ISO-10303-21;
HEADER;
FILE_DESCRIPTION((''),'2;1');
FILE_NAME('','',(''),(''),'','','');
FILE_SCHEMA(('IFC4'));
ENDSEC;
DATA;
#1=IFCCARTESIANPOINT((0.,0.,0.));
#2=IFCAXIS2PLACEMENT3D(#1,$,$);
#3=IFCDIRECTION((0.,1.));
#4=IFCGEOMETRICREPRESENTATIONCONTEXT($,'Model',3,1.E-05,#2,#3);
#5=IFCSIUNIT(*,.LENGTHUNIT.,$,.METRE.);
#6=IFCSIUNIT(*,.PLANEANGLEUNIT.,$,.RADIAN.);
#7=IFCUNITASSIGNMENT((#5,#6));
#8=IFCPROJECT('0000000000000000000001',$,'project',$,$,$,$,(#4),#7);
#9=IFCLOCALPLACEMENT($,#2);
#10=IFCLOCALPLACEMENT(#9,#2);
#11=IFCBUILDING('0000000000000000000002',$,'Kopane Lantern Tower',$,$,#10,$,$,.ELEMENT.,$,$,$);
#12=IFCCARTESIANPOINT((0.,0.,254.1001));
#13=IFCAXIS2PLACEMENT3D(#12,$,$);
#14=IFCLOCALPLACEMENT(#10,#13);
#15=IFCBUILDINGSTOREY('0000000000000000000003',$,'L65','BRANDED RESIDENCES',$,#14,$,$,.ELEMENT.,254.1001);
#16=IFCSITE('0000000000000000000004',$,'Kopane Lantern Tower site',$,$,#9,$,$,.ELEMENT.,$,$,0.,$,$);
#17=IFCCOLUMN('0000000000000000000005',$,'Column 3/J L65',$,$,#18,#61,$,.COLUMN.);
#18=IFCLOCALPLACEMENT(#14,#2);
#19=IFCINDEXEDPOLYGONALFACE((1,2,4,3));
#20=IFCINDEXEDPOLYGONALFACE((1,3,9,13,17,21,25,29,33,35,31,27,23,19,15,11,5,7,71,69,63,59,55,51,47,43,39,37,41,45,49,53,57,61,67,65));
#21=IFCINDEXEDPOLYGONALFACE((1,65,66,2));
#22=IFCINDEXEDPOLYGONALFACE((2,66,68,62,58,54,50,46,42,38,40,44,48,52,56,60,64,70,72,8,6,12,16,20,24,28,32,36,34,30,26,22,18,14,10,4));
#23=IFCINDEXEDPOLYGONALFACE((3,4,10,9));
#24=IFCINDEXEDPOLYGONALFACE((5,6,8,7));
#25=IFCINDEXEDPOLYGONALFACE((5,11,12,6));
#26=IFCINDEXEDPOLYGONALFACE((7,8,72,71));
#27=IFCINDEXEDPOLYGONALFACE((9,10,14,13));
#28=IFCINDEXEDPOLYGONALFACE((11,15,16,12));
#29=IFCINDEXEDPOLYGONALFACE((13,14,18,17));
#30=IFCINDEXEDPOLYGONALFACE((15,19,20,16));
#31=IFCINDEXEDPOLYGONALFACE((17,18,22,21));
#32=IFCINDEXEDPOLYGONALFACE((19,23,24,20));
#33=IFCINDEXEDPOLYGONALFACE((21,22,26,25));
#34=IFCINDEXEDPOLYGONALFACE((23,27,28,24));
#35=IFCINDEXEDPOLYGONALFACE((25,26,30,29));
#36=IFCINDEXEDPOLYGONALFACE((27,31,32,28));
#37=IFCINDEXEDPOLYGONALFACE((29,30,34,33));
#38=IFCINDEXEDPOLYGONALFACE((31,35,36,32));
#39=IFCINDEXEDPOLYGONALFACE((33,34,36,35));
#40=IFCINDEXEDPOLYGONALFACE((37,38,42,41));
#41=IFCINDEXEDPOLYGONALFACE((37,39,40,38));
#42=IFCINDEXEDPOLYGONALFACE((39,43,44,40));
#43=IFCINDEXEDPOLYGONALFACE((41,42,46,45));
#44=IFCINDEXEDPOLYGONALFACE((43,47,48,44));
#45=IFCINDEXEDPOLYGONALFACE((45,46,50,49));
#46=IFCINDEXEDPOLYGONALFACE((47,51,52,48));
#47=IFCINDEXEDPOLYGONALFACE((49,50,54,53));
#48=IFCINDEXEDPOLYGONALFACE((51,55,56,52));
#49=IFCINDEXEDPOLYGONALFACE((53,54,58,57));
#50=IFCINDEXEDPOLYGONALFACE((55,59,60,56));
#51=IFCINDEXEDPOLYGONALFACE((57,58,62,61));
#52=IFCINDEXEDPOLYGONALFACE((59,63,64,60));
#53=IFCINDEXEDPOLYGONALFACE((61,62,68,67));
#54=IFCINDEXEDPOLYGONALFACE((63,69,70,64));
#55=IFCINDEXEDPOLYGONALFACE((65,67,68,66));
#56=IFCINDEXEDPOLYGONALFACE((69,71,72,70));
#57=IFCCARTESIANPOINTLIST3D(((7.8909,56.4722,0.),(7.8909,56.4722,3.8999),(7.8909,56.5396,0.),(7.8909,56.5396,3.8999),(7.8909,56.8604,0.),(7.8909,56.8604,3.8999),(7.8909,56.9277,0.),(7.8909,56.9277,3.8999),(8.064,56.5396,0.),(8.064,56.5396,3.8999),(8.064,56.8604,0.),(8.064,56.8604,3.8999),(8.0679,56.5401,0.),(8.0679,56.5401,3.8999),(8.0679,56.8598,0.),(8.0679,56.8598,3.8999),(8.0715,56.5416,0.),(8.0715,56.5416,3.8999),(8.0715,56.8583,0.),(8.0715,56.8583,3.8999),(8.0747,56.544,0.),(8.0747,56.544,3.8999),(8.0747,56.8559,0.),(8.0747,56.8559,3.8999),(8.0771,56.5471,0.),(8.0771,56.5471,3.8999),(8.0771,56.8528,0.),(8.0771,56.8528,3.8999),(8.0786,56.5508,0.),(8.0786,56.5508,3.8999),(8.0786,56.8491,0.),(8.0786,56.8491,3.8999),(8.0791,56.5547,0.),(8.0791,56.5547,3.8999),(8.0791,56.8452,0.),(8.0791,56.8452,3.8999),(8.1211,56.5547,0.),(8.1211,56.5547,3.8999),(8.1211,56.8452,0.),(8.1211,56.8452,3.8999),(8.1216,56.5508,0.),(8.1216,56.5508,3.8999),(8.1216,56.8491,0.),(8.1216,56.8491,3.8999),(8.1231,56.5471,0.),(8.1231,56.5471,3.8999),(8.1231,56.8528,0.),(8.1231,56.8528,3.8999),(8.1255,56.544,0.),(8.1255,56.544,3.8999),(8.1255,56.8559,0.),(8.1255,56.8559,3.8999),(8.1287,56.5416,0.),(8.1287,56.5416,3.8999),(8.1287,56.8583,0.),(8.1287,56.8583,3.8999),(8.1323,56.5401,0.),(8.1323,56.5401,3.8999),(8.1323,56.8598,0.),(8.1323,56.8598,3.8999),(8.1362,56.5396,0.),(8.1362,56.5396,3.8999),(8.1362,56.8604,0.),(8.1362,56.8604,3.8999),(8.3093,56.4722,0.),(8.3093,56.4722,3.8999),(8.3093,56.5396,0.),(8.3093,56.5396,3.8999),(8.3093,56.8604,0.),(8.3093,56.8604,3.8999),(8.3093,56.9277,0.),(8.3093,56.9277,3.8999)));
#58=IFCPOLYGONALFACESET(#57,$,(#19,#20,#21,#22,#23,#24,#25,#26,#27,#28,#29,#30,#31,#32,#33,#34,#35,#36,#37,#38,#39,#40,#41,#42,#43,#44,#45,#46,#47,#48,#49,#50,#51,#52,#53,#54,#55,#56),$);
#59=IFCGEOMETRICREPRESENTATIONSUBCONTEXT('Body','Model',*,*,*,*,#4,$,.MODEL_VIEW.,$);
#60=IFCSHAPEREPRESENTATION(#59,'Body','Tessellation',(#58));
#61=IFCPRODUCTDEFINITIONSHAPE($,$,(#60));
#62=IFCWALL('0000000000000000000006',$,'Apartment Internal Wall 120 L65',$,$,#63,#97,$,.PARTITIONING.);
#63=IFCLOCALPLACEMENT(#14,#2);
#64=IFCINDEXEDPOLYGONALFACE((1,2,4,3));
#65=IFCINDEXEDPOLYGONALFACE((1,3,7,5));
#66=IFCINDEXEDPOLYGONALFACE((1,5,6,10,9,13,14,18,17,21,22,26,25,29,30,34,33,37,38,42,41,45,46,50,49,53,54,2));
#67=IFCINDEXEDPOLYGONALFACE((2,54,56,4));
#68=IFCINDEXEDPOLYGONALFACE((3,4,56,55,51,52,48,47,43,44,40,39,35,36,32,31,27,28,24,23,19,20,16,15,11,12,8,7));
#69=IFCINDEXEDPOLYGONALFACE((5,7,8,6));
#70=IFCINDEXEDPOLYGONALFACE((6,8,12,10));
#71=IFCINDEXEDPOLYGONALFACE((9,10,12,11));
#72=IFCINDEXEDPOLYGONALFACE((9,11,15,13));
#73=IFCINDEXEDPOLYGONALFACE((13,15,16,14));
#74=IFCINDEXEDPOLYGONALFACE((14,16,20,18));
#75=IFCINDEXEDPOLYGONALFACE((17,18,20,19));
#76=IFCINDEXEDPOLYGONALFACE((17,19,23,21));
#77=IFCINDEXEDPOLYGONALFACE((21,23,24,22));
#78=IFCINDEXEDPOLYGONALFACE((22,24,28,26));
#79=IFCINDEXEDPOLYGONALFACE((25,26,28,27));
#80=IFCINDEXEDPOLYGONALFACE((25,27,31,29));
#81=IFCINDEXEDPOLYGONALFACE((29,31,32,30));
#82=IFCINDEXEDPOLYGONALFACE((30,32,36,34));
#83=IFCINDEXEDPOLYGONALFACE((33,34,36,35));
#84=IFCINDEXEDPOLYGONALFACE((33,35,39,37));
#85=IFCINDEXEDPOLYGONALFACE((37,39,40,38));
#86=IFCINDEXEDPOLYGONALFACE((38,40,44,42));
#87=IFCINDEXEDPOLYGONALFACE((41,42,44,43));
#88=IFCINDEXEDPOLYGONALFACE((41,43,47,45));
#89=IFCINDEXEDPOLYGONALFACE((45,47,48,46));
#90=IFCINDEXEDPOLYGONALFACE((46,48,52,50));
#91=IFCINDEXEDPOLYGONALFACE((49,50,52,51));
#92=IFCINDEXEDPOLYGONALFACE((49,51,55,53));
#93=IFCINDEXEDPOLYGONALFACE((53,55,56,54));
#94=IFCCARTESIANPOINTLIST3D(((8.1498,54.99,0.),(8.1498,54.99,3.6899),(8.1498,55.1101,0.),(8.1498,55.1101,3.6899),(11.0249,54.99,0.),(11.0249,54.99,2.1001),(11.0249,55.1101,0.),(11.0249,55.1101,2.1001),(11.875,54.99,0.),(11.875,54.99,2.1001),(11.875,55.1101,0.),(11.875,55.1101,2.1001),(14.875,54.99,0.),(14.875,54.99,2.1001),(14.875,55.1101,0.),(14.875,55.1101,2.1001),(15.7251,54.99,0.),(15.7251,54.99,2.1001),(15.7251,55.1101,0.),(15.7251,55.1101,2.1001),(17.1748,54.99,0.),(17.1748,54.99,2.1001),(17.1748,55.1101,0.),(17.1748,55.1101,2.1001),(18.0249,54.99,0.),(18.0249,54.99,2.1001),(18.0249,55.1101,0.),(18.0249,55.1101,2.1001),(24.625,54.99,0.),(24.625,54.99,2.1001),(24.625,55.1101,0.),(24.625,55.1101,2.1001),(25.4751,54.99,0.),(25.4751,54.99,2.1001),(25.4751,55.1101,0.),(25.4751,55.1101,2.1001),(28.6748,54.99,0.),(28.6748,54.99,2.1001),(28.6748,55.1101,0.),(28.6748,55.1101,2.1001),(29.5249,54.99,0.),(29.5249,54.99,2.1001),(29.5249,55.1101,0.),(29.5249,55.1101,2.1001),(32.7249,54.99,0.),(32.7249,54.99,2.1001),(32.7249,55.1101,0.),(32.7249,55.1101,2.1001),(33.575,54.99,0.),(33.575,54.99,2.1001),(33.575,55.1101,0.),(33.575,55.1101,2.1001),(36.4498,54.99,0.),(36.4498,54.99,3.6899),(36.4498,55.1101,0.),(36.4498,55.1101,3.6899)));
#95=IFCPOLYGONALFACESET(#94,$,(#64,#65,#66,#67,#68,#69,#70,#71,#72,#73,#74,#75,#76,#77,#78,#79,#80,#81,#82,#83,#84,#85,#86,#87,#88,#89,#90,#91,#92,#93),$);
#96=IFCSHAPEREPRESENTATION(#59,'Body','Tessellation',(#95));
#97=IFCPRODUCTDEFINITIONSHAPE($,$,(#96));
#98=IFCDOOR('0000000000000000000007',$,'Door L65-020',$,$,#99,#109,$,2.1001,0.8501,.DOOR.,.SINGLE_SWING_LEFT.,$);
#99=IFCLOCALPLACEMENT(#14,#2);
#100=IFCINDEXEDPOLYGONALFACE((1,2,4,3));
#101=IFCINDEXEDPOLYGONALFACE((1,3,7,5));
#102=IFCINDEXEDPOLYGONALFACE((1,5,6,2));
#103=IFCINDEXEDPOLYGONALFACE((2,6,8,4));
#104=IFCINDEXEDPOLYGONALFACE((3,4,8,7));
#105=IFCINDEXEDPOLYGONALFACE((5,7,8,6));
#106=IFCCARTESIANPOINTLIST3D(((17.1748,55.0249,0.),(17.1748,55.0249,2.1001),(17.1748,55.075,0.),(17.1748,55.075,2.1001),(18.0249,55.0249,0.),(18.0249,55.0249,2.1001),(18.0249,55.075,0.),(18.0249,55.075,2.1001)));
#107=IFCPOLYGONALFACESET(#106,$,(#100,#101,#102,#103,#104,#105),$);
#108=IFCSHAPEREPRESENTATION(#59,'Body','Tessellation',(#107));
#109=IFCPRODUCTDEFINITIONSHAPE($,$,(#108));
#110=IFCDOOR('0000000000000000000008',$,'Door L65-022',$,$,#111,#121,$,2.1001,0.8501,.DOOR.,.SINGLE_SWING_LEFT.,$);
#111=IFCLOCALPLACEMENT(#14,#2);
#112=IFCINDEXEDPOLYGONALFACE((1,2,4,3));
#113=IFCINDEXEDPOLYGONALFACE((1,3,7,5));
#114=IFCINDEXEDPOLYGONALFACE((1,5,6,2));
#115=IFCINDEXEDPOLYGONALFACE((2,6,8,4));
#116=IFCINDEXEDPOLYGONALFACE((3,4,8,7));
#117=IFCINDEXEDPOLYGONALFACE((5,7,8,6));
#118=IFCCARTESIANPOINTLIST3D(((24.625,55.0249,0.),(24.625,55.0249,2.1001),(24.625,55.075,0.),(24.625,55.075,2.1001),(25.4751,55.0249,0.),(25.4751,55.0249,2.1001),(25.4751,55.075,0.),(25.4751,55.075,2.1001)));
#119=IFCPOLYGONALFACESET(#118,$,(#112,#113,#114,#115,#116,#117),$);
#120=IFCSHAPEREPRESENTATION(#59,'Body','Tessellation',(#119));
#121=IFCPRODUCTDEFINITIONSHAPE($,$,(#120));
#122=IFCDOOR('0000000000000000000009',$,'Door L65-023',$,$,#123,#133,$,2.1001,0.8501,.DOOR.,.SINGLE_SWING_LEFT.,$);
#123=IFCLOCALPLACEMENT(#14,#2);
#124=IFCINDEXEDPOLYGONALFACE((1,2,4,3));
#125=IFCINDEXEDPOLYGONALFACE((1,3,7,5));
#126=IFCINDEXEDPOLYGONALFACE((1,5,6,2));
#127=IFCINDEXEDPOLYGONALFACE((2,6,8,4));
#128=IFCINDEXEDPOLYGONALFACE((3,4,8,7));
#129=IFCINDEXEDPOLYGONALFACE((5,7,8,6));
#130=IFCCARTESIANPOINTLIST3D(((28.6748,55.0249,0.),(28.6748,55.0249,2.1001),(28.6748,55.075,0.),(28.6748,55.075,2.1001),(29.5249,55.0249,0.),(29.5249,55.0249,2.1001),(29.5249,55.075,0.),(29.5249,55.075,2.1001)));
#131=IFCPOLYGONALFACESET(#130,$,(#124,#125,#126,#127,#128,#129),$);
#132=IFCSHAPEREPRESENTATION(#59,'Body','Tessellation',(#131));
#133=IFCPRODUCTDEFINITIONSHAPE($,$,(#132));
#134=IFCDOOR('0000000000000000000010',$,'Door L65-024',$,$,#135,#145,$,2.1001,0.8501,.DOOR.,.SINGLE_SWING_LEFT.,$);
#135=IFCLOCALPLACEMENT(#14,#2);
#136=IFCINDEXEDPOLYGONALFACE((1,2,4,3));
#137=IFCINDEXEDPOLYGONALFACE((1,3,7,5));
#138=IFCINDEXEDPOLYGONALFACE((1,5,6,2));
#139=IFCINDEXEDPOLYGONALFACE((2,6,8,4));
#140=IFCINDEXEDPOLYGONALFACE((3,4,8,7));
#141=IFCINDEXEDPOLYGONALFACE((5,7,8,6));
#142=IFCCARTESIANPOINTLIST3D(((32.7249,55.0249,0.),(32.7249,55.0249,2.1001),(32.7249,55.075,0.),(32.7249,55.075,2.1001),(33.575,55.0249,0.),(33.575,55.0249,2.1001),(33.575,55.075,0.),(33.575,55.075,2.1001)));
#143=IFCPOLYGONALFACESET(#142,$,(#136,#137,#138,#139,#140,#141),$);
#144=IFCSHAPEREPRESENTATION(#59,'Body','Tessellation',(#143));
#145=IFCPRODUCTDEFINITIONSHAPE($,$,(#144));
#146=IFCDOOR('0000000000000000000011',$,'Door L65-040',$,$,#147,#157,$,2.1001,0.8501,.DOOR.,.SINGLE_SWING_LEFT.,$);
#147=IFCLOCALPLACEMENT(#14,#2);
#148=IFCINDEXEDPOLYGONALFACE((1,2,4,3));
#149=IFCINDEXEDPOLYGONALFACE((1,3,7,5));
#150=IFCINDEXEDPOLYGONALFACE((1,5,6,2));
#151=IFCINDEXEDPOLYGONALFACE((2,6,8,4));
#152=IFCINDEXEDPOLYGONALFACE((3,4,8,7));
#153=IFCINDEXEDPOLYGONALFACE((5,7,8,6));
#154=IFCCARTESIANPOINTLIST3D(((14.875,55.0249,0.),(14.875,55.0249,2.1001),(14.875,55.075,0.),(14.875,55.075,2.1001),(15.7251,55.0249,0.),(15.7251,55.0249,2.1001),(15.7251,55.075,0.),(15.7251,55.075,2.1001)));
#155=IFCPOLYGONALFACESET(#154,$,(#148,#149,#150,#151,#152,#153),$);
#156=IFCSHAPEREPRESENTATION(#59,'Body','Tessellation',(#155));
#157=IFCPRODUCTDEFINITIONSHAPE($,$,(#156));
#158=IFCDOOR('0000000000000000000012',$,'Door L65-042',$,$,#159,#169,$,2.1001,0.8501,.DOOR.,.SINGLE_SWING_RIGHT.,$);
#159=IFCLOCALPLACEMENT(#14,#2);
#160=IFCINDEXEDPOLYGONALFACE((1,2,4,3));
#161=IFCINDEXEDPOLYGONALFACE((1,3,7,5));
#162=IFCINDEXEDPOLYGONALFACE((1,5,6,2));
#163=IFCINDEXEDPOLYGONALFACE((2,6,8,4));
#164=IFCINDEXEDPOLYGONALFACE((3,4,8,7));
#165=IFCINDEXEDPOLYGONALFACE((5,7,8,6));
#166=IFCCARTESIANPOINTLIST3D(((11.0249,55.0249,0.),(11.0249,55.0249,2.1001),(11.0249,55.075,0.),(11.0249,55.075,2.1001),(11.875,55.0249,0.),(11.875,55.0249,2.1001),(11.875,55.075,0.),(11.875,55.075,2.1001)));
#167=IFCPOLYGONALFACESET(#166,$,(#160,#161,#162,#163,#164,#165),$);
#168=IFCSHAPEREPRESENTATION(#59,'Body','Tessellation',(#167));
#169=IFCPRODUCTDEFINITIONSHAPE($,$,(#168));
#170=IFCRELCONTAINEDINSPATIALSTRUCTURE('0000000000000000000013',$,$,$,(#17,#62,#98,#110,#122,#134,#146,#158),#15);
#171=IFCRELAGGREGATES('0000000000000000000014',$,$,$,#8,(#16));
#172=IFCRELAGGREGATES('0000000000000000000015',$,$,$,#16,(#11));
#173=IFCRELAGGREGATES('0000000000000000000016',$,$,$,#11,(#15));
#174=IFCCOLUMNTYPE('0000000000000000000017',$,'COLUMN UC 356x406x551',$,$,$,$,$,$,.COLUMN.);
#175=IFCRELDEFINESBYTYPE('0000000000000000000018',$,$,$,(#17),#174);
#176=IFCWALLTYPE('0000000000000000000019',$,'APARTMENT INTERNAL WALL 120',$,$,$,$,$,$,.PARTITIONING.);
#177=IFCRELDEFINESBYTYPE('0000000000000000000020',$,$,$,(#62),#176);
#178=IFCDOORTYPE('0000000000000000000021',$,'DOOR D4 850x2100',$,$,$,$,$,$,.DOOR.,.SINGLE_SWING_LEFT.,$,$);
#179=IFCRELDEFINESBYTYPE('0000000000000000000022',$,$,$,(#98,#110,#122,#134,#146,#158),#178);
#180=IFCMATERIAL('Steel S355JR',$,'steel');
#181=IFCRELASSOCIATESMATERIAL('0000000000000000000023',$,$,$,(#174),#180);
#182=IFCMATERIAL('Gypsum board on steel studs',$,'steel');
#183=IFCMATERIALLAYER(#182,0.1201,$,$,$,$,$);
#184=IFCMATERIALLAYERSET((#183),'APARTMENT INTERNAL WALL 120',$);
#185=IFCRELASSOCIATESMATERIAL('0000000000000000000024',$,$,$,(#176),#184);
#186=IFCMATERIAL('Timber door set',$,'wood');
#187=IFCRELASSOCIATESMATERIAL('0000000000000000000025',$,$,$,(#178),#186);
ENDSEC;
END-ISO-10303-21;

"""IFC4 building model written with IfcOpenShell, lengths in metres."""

from ifc_helpers import new_model, si_unit, direction, frame, frame_2d, origin, origin_2d, place, context, subcontext, project, spatial, rectangle, i_section, extrude, material, layer, layer_set, material_profile, profile_set, type_object, element, fill, save


model = new_model("IFC4")

# Units and contexts
model_context = context("Model", 3, precision=1e-05, world=origin(), true_north=direction((0.0, 1.0)))
body_context = subcontext(model_context, "Body", "Model", "MODEL_VIEW")
ifc_project = project(units=[si_unit("LENGTHUNIT", "METRE"), si_unit("PLANEANGLEUNIT", "RADIAN")], contexts=[model_context])

# Site, building, storey
site_placement = place(None, origin())
site = spatial("IfcSite", under=ifc_project, at=site_placement, Name="Kopane Lantern Tower site", CompositionType="ELEMENT", RefElevation=0.0)
building_placement = place(site_placement, origin())
building = spatial("IfcBuilding", under=site, at=building_placement, Name="Kopane Lantern Tower", CompositionType="ELEMENT")
storey_placement = place(building_placement, frame((0.0, 0.0, 254.1001)))
storey = spatial("IfcBuildingStorey", under=building, at=storey_placement, Name="L65", Description="BRANDED RESIDENCES", CompositionType="ELEMENT", Elevation=254.1001)

# Column
ifc_material_1 = material(Name="Steel S355JR", Category="steel")
ifc_material_profile = material_profile(ifc_material_1, i_section(OverallWidth=0.4185, OverallDepth=0.4556, WebThickness=0.042, FlangeThickness=0.0674, FilletRadius=0.0151, at=origin_2d()), Name="UC 356x406x551")
ifc_profile_set = profile_set([ifc_material_profile], Name="Steel S355JR")
column_type = type_object("IfcColumnType", Name="COLUMN UC 356x406x551", PredefinedType="COLUMN", material=ifc_profile_set)
column_placement = place(storey_placement, frame((8.1001, 56.7, 0.0), z_axis=(0.0, 0.0, 1.0), x_axis=(1.0, 0.0, 0.0)))
element("IfcColumn", 1, at=column_placement, inside=storey, type_object=column_type, Name="Column 3/J L65", PredefinedType="COLUMN", context=body_context, shape_type="SweptSolid", body=[
    extrude(i_section(OverallWidth=0.4185, OverallDepth=0.4556, WebThickness=0.042, FlangeThickness=0.0674, FilletRadius=0.0151, at=origin_2d()), origin(), (0.0, 0.0, 1.0), 3.8999),
])

# Wall, openings, doors
ifc_material_2 = material(Name="Gypsum board on steel studs", Category="steel")
ifc_layer_1 = layer(ifc_material_2, 0.1201)
ifc_layer_set_1 = layer_set([ifc_layer_1], Name="APARTMENT INTERNAL WALL 120")
wall_type_1 = type_object("IfcWallType", Name="APARTMENT INTERNAL WALL 120", PredefinedType="PARTITIONING", material=ifc_layer_set_1)
wall_1_placement = place(storey_placement, frame((8.1499, 55.05, 0.0), z_axis=(0.0, 0.0, 1.0), x_axis=(1.0, 0.0, 0.0)))
wall_1 = element("IfcWall", 2, at=wall_1_placement, inside=storey, type_object=wall_type_1, Name="Apartment Internal Wall 120 L65", PredefinedType="PARTITIONING", context=body_context, shape_type="SweptSolid", body=[
    extrude(rectangle(XDim=28.3, YDim=0.1201, at=frame_2d((14.1499, 0.0))), origin(), (0.0, 0.0, 1.0), 3.6899),
])
opening_1_placement = place(wall_1_placement, frame((9.0249, 0.0, 0.0)))
opening_1 = element("IfcOpeningElement", 3, at=opening_1_placement, cuts=wall_1, PredefinedType="OPENING", context=body_context, shape_type="SweptSolid", body=[
    extrude(rectangle(XDim=0.8501, YDim=2.1001, at=frame_2d((0.425, 1.05))), frame((0.0, 0.0701, 0.0), z_axis=(0.0, -1.0, 0.0), x_axis=(1.0, 0.0, 0.0)), (0.0, 0.0, 1.0), 0.1401),
])
opening_2_placement = place(wall_1_placement, frame((16.4751, 0.0, 0.0)))
opening_2 = element("IfcOpeningElement", 4, at=opening_2_placement, cuts=wall_1, PredefinedType="OPENING", context=body_context, shape_type="SweptSolid", body=[
    extrude(rectangle(XDim=0.8501, YDim=2.1001, at=frame_2d((0.425, 1.05))), frame((0.0, 0.0701, 0.0), z_axis=(0.0, -1.0, 0.0), x_axis=(1.0, 0.0, 0.0)), (0.0, 0.0, 1.0), 0.1401),
])
opening_3_placement = place(wall_1_placement, frame((20.5249, 0.0, 0.0)))
opening_3 = element("IfcOpeningElement", 5, at=opening_3_placement, cuts=wall_1, PredefinedType="OPENING", context=body_context, shape_type="SweptSolid", body=[
    extrude(rectangle(XDim=0.8501, YDim=2.1001, at=frame_2d((0.425, 1.05))), frame((0.0, 0.0701, 0.0), z_axis=(0.0, -1.0, 0.0), x_axis=(1.0, 0.0, 0.0)), (0.0, 0.0, 1.0), 0.1401),
])
opening_4_placement = place(wall_1_placement, frame((24.575, 0.0, 0.0)))
opening_4 = element("IfcOpeningElement", 6, at=opening_4_placement, cuts=wall_1, PredefinedType="OPENING", context=body_context, shape_type="SweptSolid", body=[
    extrude(rectangle(XDim=0.8501, YDim=2.1001, at=frame_2d((0.425, 1.05))), frame((0.0, 0.0701, 0.0), z_axis=(0.0, -1.0, 0.0), x_axis=(1.0, 0.0, 0.0)), (0.0, 0.0, 1.0), 0.1401),
])
opening_5_placement = place(wall_1_placement, frame((6.7251, 0.0, 0.0)))
opening_5 = element("IfcOpeningElement", 7, at=opening_5_placement, cuts=wall_1, PredefinedType="OPENING", context=body_context, shape_type="SweptSolid", body=[
    extrude(rectangle(XDim=0.8501, YDim=2.1001, at=frame_2d((0.425, 1.05))), frame((0.0, 0.0701, 0.0), z_axis=(0.0, -1.0, 0.0), x_axis=(1.0, 0.0, 0.0)), (0.0, 0.0, 1.0), 0.1401),
])
opening_6_placement = place(wall_1_placement, frame((2.875, 0.0, 0.0)))
opening_6 = element("IfcOpeningElement", 8, at=opening_6_placement, cuts=wall_1, PredefinedType="OPENING", context=body_context, shape_type="SweptSolid", body=[
    extrude(rectangle(XDim=0.8501, YDim=2.1001, at=frame_2d((0.425, 1.05))), frame((0.0, 0.0701, 0.0), z_axis=(0.0, -1.0, 0.0), x_axis=(1.0, 0.0, 0.0)), (0.0, 0.0, 1.0), 0.1401),
])
ifc_material_3 = material(Name="Timber door set", Category="wood")
door_type_1 = type_object("IfcDoorType", Name="DOOR D4 850x2100", OperationType="SINGLE_SWING_LEFT", PredefinedType="DOOR", material=ifc_material_3)
door_1_placement = place(opening_1_placement, origin())
door_1 = element("IfcDoor", 9, at=door_1_placement, inside=storey, type_object=door_type_1, Name="Door L65-020", OperationType="SINGLE_SWING_LEFT", OverallHeight=2.1001, OverallWidth=0.8501, PredefinedType="DOOR", context=body_context, shape_type="SweptSolid", body=[
    extrude(rectangle(XDim=0.8501, YDim=2.1001, at=frame_2d((0.425, 1.05))), frame((0.0, 0.0249, 0.0), z_axis=(0.0, -1.0, 0.0), x_axis=(1.0, 0.0, 0.0)), (0.0, 0.0, 1.0), 0.05),
])
fill(opening_1, door_1)
door_2_placement = place(opening_2_placement, origin())
door_2 = element("IfcDoor", 10, at=door_2_placement, inside=storey, type_object=door_type_1, Name="Door L65-022", OperationType="SINGLE_SWING_LEFT", OverallHeight=2.1001, OverallWidth=0.8501, PredefinedType="DOOR", context=body_context, shape_type="SweptSolid", body=[
    extrude(rectangle(XDim=0.8501, YDim=2.1001, at=frame_2d((0.425, 1.05))), frame((0.0, 0.0249, 0.0), z_axis=(0.0, -1.0, 0.0), x_axis=(1.0, 0.0, 0.0)), (0.0, 0.0, 1.0), 0.05),
])
fill(opening_2, door_2)
door_3_placement = place(opening_3_placement, origin())
door_3 = element("IfcDoor", 11, at=door_3_placement, inside=storey, type_object=door_type_1, Name="Door L65-023", OperationType="SINGLE_SWING_LEFT", OverallHeight=2.1001, OverallWidth=0.8501, PredefinedType="DOOR", context=body_context, shape_type="SweptSolid", body=[
    extrude(rectangle(XDim=0.8501, YDim=2.1001, at=frame_2d((0.425, 1.05))), frame((0.0, 0.0249, 0.0), z_axis=(0.0, -1.0, 0.0), x_axis=(1.0, 0.0, 0.0)), (0.0, 0.0, 1.0), 0.05),
])
fill(opening_3, door_3)
door_4_placement = place(opening_4_placement, origin())
door_4 = element("IfcDoor", 12, at=door_4_placement, inside=storey, type_object=door_type_1, Name="Door L65-024", OperationType="SINGLE_SWING_LEFT", OverallHeight=2.1001, OverallWidth=0.8501, PredefinedType="DOOR", context=body_context, shape_type="SweptSolid", body=[
    extrude(rectangle(XDim=0.8501, YDim=2.1001, at=frame_2d((0.425, 1.05))), frame((0.0, 0.0249, 0.0), z_axis=(0.0, -1.0, 0.0), x_axis=(1.0, 0.0, 0.0)), (0.0, 0.0, 1.0), 0.05),
])
fill(opening_4, door_4)
door_5_placement = place(opening_5_placement, origin())
door_5 = element("IfcDoor", 13, at=door_5_placement, inside=storey, type_object=door_type_1, Name="Door L65-040", OperationType="SINGLE_SWING_LEFT", OverallHeight=2.1001, OverallWidth=0.8501, PredefinedType="DOOR", context=body_context, shape_type="SweptSolid", body=[
    extrude(rectangle(XDim=0.8501, YDim=2.1001, at=frame_2d((0.425, 1.05))), frame((0.0, 0.0249, 0.0), z_axis=(0.0, -1.0, 0.0), x_axis=(1.0, 0.0, 0.0)), (0.0, 0.0, 1.0), 0.05),
])
fill(opening_5, door_5)
door_6_placement = place(opening_6_placement, origin())
door_6 = element("IfcDoor", 14, at=door_6_placement, inside=storey, type_object=door_type_1, Name="Door L65-042", OperationType="SINGLE_SWING_RIGHT", OverallHeight=2.1001, OverallWidth=0.8501, PredefinedType="DOOR", context=body_context, shape_type="SweptSolid", body=[
    extrude(rectangle(XDim=0.8501, YDim=2.1001, at=frame_2d((0.425, 1.05))), frame((0.0, 0.0249, 0.0), z_axis=(0.0, -1.0, 0.0), x_axis=(1.0, 0.0, 0.0)), (0.0, 0.0, 1.0), 0.05),
])
fill(opening_6, door_6)

save(model, "model.ifc")
